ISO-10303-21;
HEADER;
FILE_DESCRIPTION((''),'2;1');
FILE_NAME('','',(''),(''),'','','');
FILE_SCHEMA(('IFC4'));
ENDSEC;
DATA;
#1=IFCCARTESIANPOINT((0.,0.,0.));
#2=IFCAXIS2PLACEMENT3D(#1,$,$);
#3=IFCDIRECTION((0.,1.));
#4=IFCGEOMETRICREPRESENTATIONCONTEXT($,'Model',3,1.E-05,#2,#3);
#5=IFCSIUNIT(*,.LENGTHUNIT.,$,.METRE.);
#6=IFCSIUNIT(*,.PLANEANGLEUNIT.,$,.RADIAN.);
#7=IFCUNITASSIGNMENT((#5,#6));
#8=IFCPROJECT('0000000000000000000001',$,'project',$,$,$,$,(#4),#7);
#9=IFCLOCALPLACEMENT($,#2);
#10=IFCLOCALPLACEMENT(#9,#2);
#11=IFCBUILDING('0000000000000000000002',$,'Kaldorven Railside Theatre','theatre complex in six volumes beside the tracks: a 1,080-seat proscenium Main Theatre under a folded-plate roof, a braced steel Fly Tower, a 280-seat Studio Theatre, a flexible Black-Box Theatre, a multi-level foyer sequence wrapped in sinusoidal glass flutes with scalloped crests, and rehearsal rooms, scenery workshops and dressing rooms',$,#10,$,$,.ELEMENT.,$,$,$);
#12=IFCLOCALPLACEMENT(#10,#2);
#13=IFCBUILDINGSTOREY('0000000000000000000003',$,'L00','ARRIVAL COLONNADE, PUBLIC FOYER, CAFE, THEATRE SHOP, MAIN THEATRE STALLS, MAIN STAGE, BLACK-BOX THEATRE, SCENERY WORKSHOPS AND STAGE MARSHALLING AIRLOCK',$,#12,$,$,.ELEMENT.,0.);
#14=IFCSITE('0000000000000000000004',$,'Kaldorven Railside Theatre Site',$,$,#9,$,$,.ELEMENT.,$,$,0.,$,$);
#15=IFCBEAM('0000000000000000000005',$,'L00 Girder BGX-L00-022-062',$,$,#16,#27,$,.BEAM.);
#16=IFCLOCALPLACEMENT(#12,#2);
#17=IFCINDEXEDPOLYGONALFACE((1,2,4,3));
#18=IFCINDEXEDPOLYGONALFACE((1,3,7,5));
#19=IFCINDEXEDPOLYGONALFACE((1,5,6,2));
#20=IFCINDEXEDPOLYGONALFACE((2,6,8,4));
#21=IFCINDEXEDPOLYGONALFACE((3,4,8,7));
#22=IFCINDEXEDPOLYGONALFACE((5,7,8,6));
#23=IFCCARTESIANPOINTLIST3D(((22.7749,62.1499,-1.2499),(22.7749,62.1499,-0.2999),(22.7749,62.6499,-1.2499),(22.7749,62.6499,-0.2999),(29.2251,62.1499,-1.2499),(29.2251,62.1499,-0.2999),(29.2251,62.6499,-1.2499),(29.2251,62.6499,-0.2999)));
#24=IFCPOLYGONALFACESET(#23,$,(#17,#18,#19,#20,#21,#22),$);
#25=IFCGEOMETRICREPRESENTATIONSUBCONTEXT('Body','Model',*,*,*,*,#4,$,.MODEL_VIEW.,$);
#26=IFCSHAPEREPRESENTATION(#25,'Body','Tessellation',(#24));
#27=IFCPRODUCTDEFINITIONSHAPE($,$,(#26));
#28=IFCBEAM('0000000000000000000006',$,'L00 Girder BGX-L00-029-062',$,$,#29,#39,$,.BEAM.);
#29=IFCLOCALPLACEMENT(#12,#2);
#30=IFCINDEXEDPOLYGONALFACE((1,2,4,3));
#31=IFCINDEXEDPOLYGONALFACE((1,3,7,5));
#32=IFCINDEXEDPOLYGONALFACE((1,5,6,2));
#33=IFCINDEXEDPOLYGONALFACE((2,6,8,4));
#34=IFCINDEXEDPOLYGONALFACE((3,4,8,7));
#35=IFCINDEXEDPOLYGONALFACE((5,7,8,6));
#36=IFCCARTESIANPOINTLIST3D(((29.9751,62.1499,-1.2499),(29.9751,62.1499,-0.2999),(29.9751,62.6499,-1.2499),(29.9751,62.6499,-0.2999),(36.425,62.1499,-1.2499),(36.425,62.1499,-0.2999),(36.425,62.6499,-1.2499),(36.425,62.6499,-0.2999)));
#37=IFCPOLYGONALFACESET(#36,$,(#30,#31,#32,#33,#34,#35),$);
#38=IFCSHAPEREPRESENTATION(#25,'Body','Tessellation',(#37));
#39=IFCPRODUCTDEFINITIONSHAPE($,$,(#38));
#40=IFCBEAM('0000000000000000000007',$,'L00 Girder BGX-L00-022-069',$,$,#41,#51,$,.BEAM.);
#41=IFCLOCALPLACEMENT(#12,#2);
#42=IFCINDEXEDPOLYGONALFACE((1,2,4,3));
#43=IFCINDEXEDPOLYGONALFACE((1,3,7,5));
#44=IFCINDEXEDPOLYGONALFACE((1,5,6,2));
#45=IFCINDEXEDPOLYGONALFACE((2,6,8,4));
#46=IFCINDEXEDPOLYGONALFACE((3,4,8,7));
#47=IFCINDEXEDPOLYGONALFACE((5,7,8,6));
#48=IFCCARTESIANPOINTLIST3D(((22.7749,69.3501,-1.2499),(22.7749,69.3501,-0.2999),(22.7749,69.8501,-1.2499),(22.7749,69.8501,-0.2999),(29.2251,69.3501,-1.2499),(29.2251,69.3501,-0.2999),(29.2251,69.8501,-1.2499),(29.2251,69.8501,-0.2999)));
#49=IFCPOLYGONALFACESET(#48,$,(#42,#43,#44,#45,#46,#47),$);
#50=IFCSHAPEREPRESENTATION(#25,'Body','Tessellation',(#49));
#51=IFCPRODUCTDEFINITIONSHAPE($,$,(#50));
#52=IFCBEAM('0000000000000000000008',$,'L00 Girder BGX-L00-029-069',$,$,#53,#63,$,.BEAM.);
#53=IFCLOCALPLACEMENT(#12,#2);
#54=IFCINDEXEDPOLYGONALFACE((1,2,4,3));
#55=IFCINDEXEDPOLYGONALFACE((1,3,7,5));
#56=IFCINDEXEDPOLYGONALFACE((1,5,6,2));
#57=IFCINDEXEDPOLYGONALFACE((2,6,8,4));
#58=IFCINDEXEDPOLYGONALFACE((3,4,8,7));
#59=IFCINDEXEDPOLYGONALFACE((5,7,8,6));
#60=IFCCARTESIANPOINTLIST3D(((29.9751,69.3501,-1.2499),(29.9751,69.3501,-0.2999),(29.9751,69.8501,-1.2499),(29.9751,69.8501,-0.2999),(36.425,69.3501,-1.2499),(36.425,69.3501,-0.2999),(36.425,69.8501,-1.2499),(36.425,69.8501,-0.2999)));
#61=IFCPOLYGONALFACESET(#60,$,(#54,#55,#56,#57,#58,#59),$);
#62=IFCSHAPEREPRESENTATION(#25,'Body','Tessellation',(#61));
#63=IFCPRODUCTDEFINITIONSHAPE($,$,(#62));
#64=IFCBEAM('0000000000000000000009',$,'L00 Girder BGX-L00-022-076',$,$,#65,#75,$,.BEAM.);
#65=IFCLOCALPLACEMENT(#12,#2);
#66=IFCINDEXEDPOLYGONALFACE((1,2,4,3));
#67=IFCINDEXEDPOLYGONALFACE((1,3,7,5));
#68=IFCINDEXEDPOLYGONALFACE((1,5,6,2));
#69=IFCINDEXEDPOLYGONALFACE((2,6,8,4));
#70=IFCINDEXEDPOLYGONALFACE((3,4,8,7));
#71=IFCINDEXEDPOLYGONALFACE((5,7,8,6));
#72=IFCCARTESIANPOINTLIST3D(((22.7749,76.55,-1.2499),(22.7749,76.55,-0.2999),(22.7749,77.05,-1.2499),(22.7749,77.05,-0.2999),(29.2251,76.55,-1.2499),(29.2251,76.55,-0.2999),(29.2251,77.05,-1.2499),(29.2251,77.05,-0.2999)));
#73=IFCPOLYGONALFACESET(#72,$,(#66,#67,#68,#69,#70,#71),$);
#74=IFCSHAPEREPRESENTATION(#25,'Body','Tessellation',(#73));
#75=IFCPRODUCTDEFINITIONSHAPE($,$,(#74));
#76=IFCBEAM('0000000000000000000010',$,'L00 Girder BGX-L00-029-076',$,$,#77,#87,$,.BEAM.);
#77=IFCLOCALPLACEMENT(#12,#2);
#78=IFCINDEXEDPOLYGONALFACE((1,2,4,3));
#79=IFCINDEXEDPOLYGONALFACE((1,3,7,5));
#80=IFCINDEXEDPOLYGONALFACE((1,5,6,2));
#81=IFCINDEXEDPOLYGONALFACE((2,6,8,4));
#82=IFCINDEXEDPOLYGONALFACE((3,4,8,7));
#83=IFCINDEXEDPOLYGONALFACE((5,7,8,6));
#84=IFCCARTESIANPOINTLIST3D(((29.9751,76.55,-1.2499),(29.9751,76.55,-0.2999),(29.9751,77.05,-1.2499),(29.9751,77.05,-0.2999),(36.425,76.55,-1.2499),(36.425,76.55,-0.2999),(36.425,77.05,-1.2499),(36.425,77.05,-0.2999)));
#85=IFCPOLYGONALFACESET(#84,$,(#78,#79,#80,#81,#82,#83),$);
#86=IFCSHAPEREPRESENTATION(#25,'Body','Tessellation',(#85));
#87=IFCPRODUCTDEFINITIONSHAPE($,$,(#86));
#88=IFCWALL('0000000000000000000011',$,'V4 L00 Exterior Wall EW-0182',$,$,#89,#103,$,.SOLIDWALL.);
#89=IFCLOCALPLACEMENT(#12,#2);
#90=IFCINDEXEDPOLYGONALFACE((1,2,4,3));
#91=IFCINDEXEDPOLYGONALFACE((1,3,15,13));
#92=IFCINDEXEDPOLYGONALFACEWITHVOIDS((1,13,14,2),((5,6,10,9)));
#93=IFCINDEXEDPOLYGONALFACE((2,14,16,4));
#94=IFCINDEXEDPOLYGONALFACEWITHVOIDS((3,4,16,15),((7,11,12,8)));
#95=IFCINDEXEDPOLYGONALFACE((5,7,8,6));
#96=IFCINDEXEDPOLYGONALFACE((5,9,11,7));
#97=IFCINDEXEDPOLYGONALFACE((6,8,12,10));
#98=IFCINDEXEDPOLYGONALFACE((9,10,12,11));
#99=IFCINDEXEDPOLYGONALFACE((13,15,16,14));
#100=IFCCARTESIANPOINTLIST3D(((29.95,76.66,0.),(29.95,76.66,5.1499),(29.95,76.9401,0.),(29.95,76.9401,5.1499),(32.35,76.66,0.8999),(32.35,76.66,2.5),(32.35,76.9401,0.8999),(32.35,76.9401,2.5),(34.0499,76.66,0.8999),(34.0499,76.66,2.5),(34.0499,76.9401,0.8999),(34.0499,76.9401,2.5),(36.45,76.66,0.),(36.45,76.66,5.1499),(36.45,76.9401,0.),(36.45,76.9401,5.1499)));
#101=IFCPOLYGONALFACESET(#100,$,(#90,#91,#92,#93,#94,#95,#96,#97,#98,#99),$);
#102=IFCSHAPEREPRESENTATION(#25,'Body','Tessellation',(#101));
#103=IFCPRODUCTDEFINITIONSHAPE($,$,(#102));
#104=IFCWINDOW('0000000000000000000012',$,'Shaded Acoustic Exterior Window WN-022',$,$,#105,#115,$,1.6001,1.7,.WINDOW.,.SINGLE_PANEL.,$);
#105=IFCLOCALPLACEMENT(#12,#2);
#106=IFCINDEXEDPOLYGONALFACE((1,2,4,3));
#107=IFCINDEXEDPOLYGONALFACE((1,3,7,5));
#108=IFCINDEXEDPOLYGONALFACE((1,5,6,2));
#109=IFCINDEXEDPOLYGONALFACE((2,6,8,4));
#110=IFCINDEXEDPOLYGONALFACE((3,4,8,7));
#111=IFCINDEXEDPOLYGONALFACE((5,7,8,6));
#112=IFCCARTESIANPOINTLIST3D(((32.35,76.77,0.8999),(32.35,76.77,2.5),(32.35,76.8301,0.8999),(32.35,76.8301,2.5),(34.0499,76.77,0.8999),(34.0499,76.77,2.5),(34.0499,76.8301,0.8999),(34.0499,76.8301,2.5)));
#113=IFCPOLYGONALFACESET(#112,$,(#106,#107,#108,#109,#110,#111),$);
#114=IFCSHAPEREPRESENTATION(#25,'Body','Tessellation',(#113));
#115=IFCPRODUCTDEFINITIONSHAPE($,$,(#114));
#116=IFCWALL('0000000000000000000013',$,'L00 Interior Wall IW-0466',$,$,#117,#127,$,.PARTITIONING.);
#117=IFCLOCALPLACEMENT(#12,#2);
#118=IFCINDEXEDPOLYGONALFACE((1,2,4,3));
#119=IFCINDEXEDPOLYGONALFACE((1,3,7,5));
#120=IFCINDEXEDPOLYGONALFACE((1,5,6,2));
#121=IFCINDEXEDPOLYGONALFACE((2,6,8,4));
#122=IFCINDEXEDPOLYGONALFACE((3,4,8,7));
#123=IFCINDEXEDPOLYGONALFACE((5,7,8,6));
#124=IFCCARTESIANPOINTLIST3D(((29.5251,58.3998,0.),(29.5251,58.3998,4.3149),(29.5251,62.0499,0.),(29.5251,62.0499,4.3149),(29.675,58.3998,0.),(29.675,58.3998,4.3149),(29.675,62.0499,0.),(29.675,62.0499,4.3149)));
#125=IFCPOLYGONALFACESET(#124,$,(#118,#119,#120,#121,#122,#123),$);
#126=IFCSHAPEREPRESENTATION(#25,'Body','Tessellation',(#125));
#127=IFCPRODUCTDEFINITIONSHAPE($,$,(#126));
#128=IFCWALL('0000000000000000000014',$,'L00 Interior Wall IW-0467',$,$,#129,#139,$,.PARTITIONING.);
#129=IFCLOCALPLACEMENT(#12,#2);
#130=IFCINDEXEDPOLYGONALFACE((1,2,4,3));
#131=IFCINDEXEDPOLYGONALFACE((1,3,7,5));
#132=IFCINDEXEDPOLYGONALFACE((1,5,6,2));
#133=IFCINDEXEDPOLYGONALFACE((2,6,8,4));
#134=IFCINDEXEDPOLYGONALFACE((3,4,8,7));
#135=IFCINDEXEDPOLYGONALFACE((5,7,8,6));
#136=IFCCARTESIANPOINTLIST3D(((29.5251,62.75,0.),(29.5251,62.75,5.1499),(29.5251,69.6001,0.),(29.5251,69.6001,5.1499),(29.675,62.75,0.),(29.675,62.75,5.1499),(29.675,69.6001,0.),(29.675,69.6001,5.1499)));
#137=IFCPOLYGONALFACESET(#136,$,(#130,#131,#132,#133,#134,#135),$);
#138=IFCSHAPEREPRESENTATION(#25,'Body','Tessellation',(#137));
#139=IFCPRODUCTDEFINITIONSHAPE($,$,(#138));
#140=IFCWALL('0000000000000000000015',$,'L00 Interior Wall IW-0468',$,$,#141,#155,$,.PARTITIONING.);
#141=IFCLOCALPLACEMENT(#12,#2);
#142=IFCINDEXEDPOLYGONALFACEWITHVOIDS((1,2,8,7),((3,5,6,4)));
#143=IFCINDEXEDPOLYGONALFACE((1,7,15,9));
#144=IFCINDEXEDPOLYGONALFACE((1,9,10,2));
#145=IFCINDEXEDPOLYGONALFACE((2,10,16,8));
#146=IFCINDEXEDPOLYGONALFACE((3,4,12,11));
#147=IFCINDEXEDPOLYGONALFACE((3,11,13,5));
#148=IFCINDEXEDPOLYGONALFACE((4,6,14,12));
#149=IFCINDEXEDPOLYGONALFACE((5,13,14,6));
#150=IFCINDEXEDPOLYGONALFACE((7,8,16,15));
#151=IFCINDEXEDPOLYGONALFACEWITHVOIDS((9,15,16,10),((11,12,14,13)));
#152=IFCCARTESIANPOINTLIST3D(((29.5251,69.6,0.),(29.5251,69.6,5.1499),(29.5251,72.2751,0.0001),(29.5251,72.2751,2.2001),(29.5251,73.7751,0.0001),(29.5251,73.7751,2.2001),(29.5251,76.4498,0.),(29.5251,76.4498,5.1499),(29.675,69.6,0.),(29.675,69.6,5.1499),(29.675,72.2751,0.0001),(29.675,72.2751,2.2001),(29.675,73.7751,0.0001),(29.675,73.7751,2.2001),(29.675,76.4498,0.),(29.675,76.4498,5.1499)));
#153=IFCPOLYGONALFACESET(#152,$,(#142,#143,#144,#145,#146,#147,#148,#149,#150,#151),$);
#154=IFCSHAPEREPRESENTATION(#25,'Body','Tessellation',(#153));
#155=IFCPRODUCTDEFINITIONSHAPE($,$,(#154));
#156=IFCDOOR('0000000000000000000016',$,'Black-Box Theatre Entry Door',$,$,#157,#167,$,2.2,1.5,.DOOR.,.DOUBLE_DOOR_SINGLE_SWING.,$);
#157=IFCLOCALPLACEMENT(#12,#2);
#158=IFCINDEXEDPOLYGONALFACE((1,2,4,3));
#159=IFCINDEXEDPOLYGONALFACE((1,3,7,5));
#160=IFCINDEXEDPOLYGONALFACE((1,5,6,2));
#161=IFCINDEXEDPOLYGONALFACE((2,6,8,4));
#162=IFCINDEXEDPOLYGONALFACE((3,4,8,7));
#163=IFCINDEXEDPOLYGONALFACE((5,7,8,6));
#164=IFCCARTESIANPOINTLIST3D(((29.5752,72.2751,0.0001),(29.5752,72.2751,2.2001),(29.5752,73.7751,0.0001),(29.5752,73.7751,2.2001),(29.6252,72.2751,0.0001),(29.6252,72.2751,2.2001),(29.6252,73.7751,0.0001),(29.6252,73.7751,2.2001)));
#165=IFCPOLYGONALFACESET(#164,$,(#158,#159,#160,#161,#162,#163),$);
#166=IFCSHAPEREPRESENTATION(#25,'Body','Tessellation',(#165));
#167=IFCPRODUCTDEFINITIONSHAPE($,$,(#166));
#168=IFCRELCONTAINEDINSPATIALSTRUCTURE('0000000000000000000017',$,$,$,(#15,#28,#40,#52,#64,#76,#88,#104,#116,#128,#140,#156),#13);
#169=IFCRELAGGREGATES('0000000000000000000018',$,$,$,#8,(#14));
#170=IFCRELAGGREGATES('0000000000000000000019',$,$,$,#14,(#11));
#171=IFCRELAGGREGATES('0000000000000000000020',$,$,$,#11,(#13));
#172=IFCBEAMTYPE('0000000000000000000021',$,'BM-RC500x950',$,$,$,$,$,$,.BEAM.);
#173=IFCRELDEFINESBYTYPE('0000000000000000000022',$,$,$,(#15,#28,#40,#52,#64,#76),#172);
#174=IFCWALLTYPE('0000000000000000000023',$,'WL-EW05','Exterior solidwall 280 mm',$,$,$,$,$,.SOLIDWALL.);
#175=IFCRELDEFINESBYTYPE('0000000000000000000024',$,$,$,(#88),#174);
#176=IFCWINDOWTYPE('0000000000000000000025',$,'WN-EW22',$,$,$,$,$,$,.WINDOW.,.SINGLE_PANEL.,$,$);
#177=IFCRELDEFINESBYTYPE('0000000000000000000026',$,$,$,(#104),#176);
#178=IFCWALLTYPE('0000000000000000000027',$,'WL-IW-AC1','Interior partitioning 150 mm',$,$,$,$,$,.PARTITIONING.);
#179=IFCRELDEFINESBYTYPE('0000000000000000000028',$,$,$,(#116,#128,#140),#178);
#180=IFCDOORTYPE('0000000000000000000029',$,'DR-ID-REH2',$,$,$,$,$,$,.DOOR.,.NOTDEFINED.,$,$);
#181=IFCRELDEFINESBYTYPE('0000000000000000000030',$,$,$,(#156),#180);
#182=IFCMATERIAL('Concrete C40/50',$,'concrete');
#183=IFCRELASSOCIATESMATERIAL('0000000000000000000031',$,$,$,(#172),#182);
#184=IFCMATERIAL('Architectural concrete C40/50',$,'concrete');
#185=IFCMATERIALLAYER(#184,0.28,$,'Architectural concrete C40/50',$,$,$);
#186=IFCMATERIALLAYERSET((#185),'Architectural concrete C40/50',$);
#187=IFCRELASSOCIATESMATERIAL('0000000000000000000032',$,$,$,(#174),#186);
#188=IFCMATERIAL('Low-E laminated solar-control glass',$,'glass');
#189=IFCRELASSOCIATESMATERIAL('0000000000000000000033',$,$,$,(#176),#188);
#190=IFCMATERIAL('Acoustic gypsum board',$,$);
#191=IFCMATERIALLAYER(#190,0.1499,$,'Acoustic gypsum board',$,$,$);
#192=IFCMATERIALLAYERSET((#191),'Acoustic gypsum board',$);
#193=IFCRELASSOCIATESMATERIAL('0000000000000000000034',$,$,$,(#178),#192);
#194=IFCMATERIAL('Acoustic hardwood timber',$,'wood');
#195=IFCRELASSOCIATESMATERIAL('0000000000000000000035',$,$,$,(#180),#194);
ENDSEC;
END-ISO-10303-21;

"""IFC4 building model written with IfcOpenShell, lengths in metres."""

from ifc_helpers import new_model, si_unit, direction, frame, frame_2d, origin, origin_2d, place, context, subcontext, project, spatial, rectangle, extrude, material, layer, layer_set, material_profile, profile_set, type_object, element, fill, save


model = new_model("IFC4")

# Units and contexts
model_context = context("Model", 3, precision=1e-05, world=origin(), true_north=direction((0.0, 1.0)))
body_context = subcontext(model_context, "Body", "Model", "MODEL_VIEW")
ifc_project = project(units=[si_unit("LENGTHUNIT", "METRE"), si_unit("PLANEANGLEUNIT", "RADIAN")], contexts=[model_context])

# Site, building, storey
site_placement = place(None, origin())
site = spatial("IfcSite", under=ifc_project, at=site_placement, Name="Kaldorven Railside Theatre Site", CompositionType="ELEMENT", RefElevation=0.0)
building_placement = place(site_placement, origin())
building = spatial("IfcBuilding", under=site, at=building_placement, Name="Kaldorven Railside Theatre", Description="theatre complex in six volumes beside the tracks: a 1,080-seat proscenium Main Theatre under a folded-plate roof, a braced steel Fly Tower, a 280-seat Studio Theatre, a flexible Black-Box Theatre, a multi-level foyer sequence wrapped in sinusoidal glass flutes with scalloped crests, and rehearsal rooms, scenery workshops and dressing rooms", CompositionType="ELEMENT")
storey_placement = place(building_placement, origin())
storey = spatial("IfcBuildingStorey", under=building, at=storey_placement, Name="L00", Description="ARRIVAL COLONNADE, PUBLIC FOYER, CAFE, THEATRE SHOP, MAIN THEATRE STALLS, MAIN STAGE, BLACK-BOX THEATRE, SCENERY WORKSHOPS AND STAGE MARSHALLING AIRLOCK", CompositionType="ELEMENT", Elevation=0.0)

# Shared definitions
ifc_material_1 = material(Name="Concrete C40/50", Category="concrete")

# Beams
ifc_material_profile_1 = material_profile(ifc_material_1, rectangle(XDim=0.5, YDim=0.95, at=origin_2d()), Name="RC 500x950")
ifc_profile_set_1 = profile_set([ifc_material_profile_1], Name="Concrete C40/50")
beam_type_1 = type_object("IfcBeamType", Name="BM-RC500x950", PredefinedType="BEAM", material=ifc_profile_set_1)
beam_1_placement = place(storey_placement, frame((22.7749, 62.3999, -0.7749), z_axis=(1.0, 0.0, 0.0), x_axis=(0.0, 1.0, 0.0)))
element("IfcBeam", 1, at=beam_1_placement, inside=storey, type_object=beam_type_1, Name="L00 Girder BGX-L00-022-062", PredefinedType="BEAM", context=body_context, shape_type="SweptSolid", body=[
    extrude(rectangle(XDim=0.5, YDim=0.95, at=origin_2d()), origin(), (0.0, 0.0, 1.0), 6.4502),
])
beam_2_placement = place(storey_placement, frame((29.9751, 62.3999, -0.7749), z_axis=(1.0, 0.0, 0.0), x_axis=(0.0, 1.0, 0.0)))
element("IfcBeam", 2, at=beam_2_placement, inside=storey, type_object=beam_type_1, Name="L00 Girder BGX-L00-029-062", PredefinedType="BEAM", context=body_context, shape_type="SweptSolid", body=[
    extrude(rectangle(XDim=0.5, YDim=0.95, at=origin_2d()), origin(), (0.0, 0.0, 1.0), 6.45),
])
beam_3_placement = place(storey_placement, frame((22.7749, 69.6001, -0.7749), z_axis=(1.0, 0.0, 0.0), x_axis=(0.0, 1.0, 0.0)))
element("IfcBeam", 3, at=beam_3_placement, inside=storey, type_object=beam_type_1, Name="L00 Girder BGX-L00-022-069", PredefinedType="BEAM", context=body_context, shape_type="SweptSolid", body=[
    extrude(rectangle(XDim=0.5, YDim=0.95, at=origin_2d()), origin(), (0.0, 0.0, 1.0), 6.4502),
])
beam_4_placement = place(storey_placement, frame((29.9751, 69.6001, -0.7749), z_axis=(1.0, 0.0, 0.0), x_axis=(0.0, 1.0, 0.0)))
element("IfcBeam", 4, at=beam_4_placement, inside=storey, type_object=beam_type_1, Name="L00 Girder BGX-L00-029-069", PredefinedType="BEAM", context=body_context, shape_type="SweptSolid", body=[
    extrude(rectangle(XDim=0.5, YDim=0.95, at=origin_2d()), origin(), (0.0, 0.0, 1.0), 6.45),
])
beam_5_placement = place(storey_placement, frame((22.7749, 76.8, -0.7749), z_axis=(1.0, 0.0, 0.0), x_axis=(0.0, 1.0, 0.0)))
element("IfcBeam", 5, at=beam_5_placement, inside=storey, type_object=beam_type_1, Name="L00 Girder BGX-L00-022-076", PredefinedType="BEAM", context=body_context, shape_type="SweptSolid", body=[
    extrude(rectangle(XDim=0.5, YDim=0.95, at=origin_2d()), origin(), (0.0, 0.0, 1.0), 6.4502),
])
beam_6_placement = place(storey_placement, frame((29.9751, 76.8, -0.7749), z_axis=(1.0, 0.0, 0.0), x_axis=(0.0, 1.0, 0.0)))
element("IfcBeam", 6, at=beam_6_placement, inside=storey, type_object=beam_type_1, Name="L00 Girder BGX-L00-029-076", PredefinedType="BEAM", context=body_context, shape_type="SweptSolid", body=[
    extrude(rectangle(XDim=0.5, YDim=0.95, at=origin_2d()), origin(), (0.0, 0.0, 1.0), 6.45),
])

# Wall, opening, window
ifc_material_2 = material(Name="Architectural concrete C40/50", Category="concrete")
ifc_layer_1 = layer(ifc_material_2, 0.28, Name="Architectural concrete C40/50")
ifc_layer_set_1 = layer_set([ifc_layer_1], Name="Architectural concrete C40/50")
wall_type_1 = type_object("IfcWallType", Name="WL-EW05", Description="Exterior solidwall 280 mm", PredefinedType="SOLIDWALL", material=ifc_layer_set_1)
wall_1_placement = place(storey_placement, frame((29.95, 76.8, 0.0), z_axis=(0.0, 0.0, 1.0), x_axis=(1.0, 0.0, 0.0)))
wall_1 = element("IfcWall", 7, at=wall_1_placement, inside=storey, type_object=wall_type_1, Name="V4 L00 Exterior Wall EW-0182", PredefinedType="SOLIDWALL", context=body_context, shape_type="SweptSolid", body=[
    extrude(rectangle(XDim=6.5, YDim=0.28, at=frame_2d((3.25, 0.0))), origin(), (0.0, 0.0, 1.0), 5.1499),
])
opening_1_placement = place(wall_1_placement, frame((2.3999, 0.0, 0.8999)))
opening_1 = element("IfcOpeningElement", 8, at=opening_1_placement, cuts=wall_1, PredefinedType="OPENING", context=body_context, shape_type="SweptSolid", body=[
    extrude(rectangle(XDim=1.7, YDim=1.6001, at=frame_2d((0.8501, 0.8))), frame((0.0, 0.1499, 0.0), z_axis=(0.0, -1.0, 0.0), x_axis=(1.0, 0.0, 0.0)), (0.0, 0.0, 1.0), 0.3),
])
ifc_material_3 = material(Name="Low-E laminated solar-control glass", Category="glass")
window_type = type_object("IfcWindowType", Name="WN-EW22", PartitioningType="SINGLE_PANEL", PredefinedType="WINDOW", material=ifc_material_3)
window_placement = place(opening_1_placement, origin())
window = element("IfcWindow", 9, at=window_placement, inside=storey, type_object=window_type, Name="Shaded Acoustic Exterior Window WN-022", OverallHeight=1.6001, OverallWidth=1.7, PartitioningType="SINGLE_PANEL", PredefinedType="WINDOW", context=body_context, shape_type="SweptSolid", body=[
    extrude(rectangle(XDim=1.7, YDim=1.6001, at=frame_2d((0.8501, 0.8))), frame((0.0, 0.03, 0.0), z_axis=(0.0, -1.0, 0.0), x_axis=(1.0, 0.0, 0.0)), (0.0, 0.0, 1.0), 0.0601),
])
fill(opening_1, window)

# Walls
ifc_material_4 = material(Name="Acoustic gypsum board")
ifc_layer_2 = layer(ifc_material_4, 0.1499, Name="Acoustic gypsum board")
ifc_layer_set_2 = layer_set([ifc_layer_2], Name="Acoustic gypsum board")
wall_type_2 = type_object("IfcWallType", Name="WL-IW-AC1", Description="Interior partitioning 150 mm", PredefinedType="PARTITIONING", material=ifc_layer_set_2)
wall_2_placement = place(storey_placement, frame((29.6001, 62.05, 0.0), z_axis=(0.0, 0.0, 1.0), x_axis=(0.0, -1.0, 0.0)))
element("IfcWall", 10, at=wall_2_placement, inside=storey, type_object=wall_type_2, Name="L00 Interior Wall IW-0466", PredefinedType="PARTITIONING", context=body_context, shape_type="SweptSolid", body=[
    extrude(rectangle(XDim=3.6501, YDim=0.1499, at=frame_2d((1.8252, 0.0))), origin(), (0.0, 0.0, 1.0), 4.3149),
])
wall_3_placement = place(storey_placement, frame((29.6001, 62.75, 0.0), z_axis=(0.0, 0.0, 1.0), x_axis=(0.0, 1.0, 0.0)))
element("IfcWall", 11, at=wall_3_placement, inside=storey, type_object=wall_type_2, Name="L00 Interior Wall IW-0467", PredefinedType="PARTITIONING", context=body_context, shape_type="SweptSolid", body=[
    extrude(rectangle(XDim=6.8501, YDim=0.1499, at=frame_2d((3.425, 0.0))), origin(), (0.0, 0.0, 1.0), 5.1499),
])

# Wall, opening, door
wall_4_placement = place(storey_placement, frame((29.6001, 69.6001, 0.0), z_axis=(0.0, 0.0, 1.0), x_axis=(0.0, 1.0, 0.0)))
wall_4 = element("IfcWall", 12, at=wall_4_placement, inside=storey, type_object=wall_type_2, Name="L00 Interior Wall IW-0468", PredefinedType="PARTITIONING", context=body_context, shape_type="SweptSolid", body=[
    extrude(rectangle(XDim=6.8499, YDim=0.1499, at=frame_2d((3.4248, 0.0))), origin(), (0.0, 0.0, 1.0), 5.1499),
])
opening_2_placement = place(wall_4_placement, frame((2.675, 0.0, 0.0)))
opening_2 = element("IfcOpeningElement", 13, at=opening_2_placement, cuts=wall_4, PredefinedType="OPENING", context=body_context, shape_type="SweptSolid", body=[
    extrude(rectangle(XDim=1.5, YDim=2.2, at=frame_2d((0.75, 1.1001))), frame((0.0, 0.085, 0.0), z_axis=(0.0, -1.0, 0.0), x_axis=(1.0, 0.0, 0.0)), (0.0, 0.0, 1.0), 0.1699),
])
ifc_material_5 = material(Name="Acoustic hardwood timber", Category="wood")
door_type_1 = type_object("IfcDoorType", Name="DR-ID-REH2", OperationType="NOTDEFINED", PredefinedType="DOOR", material=ifc_material_5)
door_1_placement = place(opening_2_placement, origin())
door_1 = element("IfcDoor", 14, at=door_1_placement, inside=storey, type_object=door_type_1, Name="Black-Box Theatre Entry Door", OperationType="DOUBLE_DOOR_SINGLE_SWING", OverallHeight=2.2, OverallWidth=1.5, PredefinedType="DOOR", context=body_context, shape_type="SweptSolid", body=[
    extrude(rectangle(XDim=1.5, YDim=2.2, at=frame_2d((0.75, 1.1001))), frame((0.0, 0.0249, 0.0), z_axis=(0.0, -1.0, 0.0), x_axis=(1.0, 0.0, 0.0)), (0.0, 0.0, 1.0), 0.05),
])
fill(opening_2, door_1)

save(model, "model.ifc")
